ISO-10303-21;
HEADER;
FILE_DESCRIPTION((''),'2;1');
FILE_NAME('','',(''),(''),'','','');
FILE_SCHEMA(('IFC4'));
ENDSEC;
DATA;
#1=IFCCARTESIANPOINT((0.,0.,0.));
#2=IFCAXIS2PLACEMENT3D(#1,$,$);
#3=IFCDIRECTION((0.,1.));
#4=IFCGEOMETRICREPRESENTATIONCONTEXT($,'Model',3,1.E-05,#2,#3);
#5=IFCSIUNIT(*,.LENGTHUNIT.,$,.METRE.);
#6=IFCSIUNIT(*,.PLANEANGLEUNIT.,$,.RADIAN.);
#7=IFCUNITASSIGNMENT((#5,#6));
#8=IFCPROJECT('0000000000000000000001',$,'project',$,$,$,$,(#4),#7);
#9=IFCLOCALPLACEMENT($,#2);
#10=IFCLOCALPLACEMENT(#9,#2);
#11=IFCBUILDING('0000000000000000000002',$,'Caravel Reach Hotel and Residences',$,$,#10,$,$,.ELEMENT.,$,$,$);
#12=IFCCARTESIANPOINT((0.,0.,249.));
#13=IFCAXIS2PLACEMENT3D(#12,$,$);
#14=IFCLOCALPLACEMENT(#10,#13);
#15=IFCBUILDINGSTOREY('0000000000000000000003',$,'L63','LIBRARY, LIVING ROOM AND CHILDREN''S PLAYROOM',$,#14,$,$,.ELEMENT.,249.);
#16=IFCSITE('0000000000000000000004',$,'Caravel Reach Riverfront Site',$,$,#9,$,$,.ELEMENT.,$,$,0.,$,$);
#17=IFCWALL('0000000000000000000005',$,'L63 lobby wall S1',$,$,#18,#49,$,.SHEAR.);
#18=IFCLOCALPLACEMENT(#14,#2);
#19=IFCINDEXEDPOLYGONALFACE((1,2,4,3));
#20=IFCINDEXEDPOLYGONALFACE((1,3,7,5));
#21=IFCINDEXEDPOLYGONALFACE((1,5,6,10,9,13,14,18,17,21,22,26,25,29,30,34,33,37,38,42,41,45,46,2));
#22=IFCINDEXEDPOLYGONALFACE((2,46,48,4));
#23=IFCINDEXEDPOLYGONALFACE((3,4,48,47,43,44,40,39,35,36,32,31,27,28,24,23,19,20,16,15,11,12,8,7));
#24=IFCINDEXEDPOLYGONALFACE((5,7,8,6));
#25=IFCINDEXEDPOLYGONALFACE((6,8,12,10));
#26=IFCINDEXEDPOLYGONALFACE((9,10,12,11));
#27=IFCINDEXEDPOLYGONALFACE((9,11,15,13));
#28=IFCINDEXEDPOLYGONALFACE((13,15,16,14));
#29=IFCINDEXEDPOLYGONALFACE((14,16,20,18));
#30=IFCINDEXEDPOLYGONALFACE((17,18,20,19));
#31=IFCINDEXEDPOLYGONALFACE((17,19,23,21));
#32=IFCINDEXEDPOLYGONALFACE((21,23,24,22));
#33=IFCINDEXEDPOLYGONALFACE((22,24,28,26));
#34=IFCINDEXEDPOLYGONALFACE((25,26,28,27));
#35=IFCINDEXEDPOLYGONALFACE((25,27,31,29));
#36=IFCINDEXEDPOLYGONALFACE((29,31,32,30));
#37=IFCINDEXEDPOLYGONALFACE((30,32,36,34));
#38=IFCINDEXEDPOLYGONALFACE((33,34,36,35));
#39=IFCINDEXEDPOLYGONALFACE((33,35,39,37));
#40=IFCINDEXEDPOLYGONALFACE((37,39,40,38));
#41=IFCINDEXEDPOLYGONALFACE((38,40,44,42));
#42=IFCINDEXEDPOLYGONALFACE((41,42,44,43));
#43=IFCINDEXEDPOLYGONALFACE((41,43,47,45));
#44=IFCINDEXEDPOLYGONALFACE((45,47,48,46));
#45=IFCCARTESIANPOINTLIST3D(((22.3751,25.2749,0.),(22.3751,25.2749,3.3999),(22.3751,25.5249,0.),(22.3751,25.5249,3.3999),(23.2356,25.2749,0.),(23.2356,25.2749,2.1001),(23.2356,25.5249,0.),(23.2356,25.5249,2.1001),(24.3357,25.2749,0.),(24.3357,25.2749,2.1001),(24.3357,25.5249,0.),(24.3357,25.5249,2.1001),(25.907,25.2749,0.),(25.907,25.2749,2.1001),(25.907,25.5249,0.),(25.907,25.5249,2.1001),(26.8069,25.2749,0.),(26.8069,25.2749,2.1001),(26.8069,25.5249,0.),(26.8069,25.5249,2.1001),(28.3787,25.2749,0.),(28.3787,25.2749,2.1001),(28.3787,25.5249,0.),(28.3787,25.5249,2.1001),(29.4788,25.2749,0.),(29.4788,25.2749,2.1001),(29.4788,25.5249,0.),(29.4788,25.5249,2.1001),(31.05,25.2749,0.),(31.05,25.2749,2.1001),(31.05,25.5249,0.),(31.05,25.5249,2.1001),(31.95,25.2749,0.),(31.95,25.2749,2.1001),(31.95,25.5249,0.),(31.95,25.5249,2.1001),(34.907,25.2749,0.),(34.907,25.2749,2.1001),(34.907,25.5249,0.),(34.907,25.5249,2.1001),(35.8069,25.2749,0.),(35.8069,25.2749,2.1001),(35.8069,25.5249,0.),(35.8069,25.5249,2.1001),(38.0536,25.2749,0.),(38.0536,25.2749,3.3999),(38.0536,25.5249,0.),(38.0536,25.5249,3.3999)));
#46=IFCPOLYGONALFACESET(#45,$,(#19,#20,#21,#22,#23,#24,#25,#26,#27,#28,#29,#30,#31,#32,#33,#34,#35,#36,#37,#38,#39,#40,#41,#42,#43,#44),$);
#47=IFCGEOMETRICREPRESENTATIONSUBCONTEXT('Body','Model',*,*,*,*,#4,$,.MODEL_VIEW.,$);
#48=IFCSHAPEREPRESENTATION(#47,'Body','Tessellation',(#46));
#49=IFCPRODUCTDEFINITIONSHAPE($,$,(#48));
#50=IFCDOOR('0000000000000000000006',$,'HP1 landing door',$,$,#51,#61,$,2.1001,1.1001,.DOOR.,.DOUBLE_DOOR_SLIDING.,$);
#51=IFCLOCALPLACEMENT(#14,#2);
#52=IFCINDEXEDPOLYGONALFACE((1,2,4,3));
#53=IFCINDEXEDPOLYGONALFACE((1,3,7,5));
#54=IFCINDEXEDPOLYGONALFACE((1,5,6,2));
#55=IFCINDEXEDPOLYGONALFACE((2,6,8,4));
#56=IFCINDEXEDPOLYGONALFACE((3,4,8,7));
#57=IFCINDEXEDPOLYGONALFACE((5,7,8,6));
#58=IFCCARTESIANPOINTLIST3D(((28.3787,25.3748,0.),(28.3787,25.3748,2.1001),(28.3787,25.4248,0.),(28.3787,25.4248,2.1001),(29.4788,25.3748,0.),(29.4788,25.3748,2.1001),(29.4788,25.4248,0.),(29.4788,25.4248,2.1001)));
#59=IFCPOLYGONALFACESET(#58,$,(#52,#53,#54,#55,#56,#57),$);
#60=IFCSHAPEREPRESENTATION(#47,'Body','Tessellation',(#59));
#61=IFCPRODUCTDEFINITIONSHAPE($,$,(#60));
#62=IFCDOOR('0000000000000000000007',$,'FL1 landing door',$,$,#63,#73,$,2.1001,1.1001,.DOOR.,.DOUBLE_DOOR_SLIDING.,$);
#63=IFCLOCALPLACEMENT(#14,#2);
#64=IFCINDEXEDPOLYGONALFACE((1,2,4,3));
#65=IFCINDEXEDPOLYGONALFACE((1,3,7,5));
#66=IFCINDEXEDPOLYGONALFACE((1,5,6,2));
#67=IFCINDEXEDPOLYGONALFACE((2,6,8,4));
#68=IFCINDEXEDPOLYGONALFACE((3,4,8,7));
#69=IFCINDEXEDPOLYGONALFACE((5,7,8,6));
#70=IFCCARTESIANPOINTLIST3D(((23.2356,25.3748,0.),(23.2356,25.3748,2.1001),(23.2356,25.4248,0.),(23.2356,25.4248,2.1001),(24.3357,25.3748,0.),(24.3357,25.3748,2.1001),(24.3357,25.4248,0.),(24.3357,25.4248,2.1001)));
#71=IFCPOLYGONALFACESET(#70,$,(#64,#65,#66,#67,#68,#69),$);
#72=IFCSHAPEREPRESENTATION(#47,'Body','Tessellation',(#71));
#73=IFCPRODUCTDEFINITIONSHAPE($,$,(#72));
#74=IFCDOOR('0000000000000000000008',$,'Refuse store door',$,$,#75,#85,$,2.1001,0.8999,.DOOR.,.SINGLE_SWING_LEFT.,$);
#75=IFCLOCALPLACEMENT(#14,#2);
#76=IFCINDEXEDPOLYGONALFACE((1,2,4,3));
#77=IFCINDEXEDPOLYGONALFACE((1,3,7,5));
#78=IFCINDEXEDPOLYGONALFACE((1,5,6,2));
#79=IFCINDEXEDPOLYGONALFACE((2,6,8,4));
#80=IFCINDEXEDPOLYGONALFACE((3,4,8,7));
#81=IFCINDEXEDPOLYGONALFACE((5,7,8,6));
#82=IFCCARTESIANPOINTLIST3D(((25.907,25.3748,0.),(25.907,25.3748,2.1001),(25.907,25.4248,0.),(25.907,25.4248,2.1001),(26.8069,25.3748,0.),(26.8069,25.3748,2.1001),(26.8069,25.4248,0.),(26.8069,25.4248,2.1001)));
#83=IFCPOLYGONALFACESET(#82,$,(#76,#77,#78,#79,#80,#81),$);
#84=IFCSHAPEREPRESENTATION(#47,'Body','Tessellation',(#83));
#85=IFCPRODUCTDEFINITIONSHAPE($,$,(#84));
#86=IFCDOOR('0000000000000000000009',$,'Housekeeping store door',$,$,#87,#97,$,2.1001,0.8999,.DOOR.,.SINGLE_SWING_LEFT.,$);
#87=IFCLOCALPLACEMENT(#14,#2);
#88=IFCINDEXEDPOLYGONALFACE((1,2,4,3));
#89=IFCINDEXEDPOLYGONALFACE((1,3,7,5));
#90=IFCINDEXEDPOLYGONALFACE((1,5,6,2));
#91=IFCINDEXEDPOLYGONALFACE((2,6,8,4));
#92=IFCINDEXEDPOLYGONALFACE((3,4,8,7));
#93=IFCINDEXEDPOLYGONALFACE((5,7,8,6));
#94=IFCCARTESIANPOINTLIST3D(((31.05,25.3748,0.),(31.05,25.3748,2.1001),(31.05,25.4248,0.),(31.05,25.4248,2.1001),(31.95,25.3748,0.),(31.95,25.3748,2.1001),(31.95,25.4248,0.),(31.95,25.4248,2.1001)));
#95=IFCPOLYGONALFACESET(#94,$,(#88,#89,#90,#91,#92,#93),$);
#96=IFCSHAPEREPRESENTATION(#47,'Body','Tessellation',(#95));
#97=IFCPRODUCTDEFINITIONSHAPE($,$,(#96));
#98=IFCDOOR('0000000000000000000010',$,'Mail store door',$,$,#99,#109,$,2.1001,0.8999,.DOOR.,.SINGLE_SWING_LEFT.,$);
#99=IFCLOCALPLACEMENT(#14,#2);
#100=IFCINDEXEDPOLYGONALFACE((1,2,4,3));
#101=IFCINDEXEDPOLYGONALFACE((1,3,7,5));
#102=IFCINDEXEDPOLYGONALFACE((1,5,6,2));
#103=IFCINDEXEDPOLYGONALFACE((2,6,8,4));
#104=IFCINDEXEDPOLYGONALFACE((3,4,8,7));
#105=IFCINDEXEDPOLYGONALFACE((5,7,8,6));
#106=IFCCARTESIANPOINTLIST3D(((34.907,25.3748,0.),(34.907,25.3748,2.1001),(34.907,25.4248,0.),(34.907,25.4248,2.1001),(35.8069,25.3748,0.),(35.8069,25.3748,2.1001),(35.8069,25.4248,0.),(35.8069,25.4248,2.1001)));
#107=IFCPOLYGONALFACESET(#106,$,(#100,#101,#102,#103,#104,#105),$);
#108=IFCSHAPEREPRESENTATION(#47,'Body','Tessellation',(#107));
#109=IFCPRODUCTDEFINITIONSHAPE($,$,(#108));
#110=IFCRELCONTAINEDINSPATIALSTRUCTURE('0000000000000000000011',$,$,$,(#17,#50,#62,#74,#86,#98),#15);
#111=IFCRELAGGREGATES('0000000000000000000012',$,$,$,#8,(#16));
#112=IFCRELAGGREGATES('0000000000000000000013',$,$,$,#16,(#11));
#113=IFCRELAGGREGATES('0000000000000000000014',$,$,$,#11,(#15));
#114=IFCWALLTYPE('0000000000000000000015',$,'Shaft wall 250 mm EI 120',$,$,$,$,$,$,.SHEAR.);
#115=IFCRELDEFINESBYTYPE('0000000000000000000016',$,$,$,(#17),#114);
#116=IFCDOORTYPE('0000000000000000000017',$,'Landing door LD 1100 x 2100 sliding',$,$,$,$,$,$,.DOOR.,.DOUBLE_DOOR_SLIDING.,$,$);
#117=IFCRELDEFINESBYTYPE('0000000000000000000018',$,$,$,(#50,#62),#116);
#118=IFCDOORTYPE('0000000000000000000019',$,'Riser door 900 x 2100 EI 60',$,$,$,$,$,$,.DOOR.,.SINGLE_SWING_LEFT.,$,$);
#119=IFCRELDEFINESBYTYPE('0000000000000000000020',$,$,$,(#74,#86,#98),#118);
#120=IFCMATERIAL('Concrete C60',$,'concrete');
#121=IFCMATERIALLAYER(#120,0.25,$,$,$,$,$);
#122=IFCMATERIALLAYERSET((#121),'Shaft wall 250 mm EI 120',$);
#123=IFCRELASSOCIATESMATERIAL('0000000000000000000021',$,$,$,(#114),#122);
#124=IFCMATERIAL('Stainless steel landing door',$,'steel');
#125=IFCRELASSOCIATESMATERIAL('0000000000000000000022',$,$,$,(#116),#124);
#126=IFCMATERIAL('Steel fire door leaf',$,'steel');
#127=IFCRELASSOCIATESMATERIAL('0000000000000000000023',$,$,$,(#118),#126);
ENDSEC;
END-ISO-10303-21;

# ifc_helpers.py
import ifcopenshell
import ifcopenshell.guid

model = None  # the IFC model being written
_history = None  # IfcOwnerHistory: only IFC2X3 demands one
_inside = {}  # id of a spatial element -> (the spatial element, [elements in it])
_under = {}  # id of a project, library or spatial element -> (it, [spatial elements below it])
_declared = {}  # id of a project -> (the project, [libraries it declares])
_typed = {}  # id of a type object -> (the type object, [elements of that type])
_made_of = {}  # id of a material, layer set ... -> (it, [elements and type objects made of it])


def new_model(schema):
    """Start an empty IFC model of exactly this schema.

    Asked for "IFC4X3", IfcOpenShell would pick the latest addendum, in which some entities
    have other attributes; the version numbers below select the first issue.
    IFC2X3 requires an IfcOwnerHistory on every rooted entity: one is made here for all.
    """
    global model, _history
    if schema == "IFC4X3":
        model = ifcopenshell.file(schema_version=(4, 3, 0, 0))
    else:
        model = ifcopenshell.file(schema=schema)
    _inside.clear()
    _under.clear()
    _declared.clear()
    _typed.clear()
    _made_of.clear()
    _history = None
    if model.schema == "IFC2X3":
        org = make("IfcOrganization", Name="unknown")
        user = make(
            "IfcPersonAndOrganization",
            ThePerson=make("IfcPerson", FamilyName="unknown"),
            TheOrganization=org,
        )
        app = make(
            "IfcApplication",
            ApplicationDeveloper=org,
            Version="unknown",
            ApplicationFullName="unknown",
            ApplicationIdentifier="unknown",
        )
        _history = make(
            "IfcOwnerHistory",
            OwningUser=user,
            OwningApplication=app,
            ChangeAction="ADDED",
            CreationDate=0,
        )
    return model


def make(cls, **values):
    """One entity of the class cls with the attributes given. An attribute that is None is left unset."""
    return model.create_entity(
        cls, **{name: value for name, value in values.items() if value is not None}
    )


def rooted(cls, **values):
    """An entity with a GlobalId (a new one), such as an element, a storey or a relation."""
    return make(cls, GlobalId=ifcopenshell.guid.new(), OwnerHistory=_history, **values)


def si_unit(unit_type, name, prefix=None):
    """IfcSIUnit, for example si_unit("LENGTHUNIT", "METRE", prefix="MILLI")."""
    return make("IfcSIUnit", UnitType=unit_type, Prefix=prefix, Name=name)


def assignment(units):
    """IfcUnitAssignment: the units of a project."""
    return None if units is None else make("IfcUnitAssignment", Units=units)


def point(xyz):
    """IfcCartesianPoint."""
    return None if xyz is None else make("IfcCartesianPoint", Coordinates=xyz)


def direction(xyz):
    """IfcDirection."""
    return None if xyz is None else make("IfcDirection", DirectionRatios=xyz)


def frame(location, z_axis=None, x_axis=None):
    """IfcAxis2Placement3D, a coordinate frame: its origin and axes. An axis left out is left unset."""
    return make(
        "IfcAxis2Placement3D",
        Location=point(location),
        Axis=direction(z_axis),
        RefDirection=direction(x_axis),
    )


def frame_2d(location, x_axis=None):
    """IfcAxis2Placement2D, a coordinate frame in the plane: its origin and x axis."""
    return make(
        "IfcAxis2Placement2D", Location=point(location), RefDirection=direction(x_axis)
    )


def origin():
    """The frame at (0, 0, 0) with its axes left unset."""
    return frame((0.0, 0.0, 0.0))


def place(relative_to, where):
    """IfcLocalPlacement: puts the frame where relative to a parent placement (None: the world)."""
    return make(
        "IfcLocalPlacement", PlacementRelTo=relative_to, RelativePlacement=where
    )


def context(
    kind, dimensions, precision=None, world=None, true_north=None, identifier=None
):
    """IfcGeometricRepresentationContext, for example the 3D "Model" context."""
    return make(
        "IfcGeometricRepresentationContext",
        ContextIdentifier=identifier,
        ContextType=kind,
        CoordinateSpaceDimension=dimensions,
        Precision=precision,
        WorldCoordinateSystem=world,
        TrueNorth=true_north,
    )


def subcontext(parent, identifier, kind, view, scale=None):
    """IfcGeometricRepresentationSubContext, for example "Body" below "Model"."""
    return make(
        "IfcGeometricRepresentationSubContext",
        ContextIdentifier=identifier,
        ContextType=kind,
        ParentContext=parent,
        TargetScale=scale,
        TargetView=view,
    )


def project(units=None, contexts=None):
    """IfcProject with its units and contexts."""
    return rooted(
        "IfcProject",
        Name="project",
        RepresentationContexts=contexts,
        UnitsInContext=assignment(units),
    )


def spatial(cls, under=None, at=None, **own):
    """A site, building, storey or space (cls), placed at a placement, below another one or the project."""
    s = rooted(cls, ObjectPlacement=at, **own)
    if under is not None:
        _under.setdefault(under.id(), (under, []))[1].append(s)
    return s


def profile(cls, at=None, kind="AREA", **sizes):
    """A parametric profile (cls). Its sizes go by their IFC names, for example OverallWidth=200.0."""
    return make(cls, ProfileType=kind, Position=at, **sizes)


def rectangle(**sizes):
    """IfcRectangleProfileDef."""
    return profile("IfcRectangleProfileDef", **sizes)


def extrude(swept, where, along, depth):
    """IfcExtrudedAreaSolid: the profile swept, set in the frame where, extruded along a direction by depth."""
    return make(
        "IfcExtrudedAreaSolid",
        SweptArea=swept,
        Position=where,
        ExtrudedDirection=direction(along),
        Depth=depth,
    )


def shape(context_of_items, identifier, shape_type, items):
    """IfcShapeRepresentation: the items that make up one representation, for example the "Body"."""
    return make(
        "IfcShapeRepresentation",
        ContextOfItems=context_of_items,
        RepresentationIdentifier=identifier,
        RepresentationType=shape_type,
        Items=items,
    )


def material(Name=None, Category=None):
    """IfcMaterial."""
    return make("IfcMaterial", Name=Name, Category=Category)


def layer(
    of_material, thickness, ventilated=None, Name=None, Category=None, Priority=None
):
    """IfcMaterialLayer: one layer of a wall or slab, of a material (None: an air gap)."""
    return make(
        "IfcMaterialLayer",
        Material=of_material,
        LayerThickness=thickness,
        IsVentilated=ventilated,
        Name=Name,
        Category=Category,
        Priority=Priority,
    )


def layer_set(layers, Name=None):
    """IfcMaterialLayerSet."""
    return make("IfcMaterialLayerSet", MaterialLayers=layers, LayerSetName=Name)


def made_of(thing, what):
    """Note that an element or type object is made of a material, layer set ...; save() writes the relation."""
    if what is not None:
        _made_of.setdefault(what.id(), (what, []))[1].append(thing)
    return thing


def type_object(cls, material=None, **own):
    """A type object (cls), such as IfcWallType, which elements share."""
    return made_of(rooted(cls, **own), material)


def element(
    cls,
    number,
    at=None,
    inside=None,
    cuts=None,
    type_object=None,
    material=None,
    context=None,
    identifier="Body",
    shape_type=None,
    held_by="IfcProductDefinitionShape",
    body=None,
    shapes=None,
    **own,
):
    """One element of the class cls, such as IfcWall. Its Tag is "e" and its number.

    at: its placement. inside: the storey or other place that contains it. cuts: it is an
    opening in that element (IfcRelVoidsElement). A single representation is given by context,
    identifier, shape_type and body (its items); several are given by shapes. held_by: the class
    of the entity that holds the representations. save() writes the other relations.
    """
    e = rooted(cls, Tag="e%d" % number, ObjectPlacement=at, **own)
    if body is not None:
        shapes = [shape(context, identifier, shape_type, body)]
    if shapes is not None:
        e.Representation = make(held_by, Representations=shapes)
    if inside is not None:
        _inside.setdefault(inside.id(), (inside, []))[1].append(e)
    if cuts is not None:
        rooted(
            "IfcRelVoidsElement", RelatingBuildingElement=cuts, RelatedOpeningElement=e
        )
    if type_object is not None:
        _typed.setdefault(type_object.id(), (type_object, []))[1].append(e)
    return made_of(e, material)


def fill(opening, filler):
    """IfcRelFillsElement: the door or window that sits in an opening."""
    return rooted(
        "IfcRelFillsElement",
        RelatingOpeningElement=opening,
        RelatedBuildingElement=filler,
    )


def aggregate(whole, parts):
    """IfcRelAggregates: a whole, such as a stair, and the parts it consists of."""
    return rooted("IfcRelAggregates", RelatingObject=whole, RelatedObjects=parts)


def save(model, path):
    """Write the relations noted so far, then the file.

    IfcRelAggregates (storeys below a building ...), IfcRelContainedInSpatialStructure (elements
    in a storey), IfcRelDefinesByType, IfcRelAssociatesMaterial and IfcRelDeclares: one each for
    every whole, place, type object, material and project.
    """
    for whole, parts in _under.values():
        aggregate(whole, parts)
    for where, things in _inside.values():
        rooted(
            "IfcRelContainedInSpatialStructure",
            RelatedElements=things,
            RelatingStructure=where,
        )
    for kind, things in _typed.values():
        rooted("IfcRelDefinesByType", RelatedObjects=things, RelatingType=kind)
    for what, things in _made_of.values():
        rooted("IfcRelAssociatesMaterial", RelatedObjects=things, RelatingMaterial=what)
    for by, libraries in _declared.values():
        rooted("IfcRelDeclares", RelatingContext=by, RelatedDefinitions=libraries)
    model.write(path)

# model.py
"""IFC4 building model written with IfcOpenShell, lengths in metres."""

from ifc_helpers import new_model, si_unit, direction, frame, frame_2d, origin, place, context, subcontext, project, spatial, rectangle, extrude, material, layer, layer_set, type_object, element, fill, save


model = new_model("IFC4")

# Units and contexts
model_context = context("Model", 3, precision=1e-05, world=origin(), true_north=direction((0.0, 1.0)))
body_context = subcontext(model_context, "Body", "Model", "MODEL_VIEW")
ifc_project = project(units=[si_unit("LENGTHUNIT", "METRE"), si_unit("PLANEANGLEUNIT", "RADIAN")], contexts=[model_context])

# Site, building, storey
site_placement = place(None, origin())
site = spatial("IfcSite", under=ifc_project, at=site_placement, Name="Caravel Reach Riverfront Site", CompositionType="ELEMENT", RefElevation=0.0)
building_placement = place(site_placement, origin())
building = spatial("IfcBuilding", under=site, at=building_placement, Name="Caravel Reach Hotel and Residences", CompositionType="ELEMENT")
storey_placement = place(building_placement, frame((0.0, 0.0, 249.0)))
storey = spatial("IfcBuildingStorey", under=building, at=storey_placement, Name="L63", Description="LIBRARY, LIVING ROOM AND CHILDREN'S PLAYROOM", CompositionType="ELEMENT", Elevation=249.0)

# Wall, openings, doors
ifc_material_1 = material(Name="Concrete C60", Category="concrete")
ifc_layer_1 = layer(ifc_material_1, 0.25)
ifc_layer_set_1 = layer_set([ifc_layer_1], Name="Shaft wall 250 mm EI 120")
wall_type_1 = type_object("IfcWallType", Name="Shaft wall 250 mm EI 120", PredefinedType="SHEAR", material=ifc_layer_set_1)
wall_1_placement = place(storey_placement, frame((22.375, 25.3999, 0.0), z_axis=(0.0, 0.0, 1.0), x_axis=(1.0, 0.0, 0.0)))
wall_1 = element("IfcWall", 1, at=wall_1_placement, inside=storey, type_object=wall_type_1, Name="L63 lobby wall S1", PredefinedType="SHEAR", context=body_context, shape_type="SweptSolid", body=[
    extrude(rectangle(XDim=15.6785, YDim=0.25, at=frame_2d((7.8394, 0.0))), origin(), (0.0, 0.0, 1.0), 3.3999),
])
opening_1_placement = place(wall_1_placement, frame((6.0037, 0.0, 0.0)))
opening_1 = element("IfcOpeningElement", 2, at=opening_1_placement, cuts=wall_1, PredefinedType="OPENING", context=body_context, shape_type="SweptSolid", body=[
    extrude(rectangle(XDim=1.1001, YDim=2.1001, at=frame_2d((0.55, 1.05))), frame((0.0, 0.135, 0.0), z_axis=(0.0, -1.0, 0.0), x_axis=(1.0, 0.0, 0.0)), (0.0, 0.0, 1.0), 0.27),
])
opening_2_placement = place(wall_1_placement, frame((0.8606, 0.0, 0.0)))
opening_2 = element("IfcOpeningElement", 3, at=opening_2_placement, cuts=wall_1, PredefinedType="OPENING", context=body_context, shape_type="SweptSolid", body=[
    extrude(rectangle(XDim=1.1001, YDim=2.1001, at=frame_2d((0.55, 1.05))), frame((0.0, 0.135, 0.0), z_axis=(0.0, -1.0, 0.0), x_axis=(1.0, 0.0, 0.0)), (0.0, 0.0, 1.0), 0.27),
])
opening_3_placement = place(wall_1_placement, frame((3.532, 0.0, 0.0)))
opening_3 = element("IfcOpeningElement", 4, at=opening_3_placement, cuts=wall_1, PredefinedType="OPENING", context=body_context, shape_type="SweptSolid", body=[
    extrude(rectangle(XDim=0.8999, YDim=2.1001, at=frame_2d((0.45, 1.05))), frame((0.0, 0.135, 0.0), z_axis=(0.0, -1.0, 0.0), x_axis=(1.0, 0.0, 0.0)), (0.0, 0.0, 1.0), 0.27),
])
opening_4_placement = place(wall_1_placement, frame((8.675, 0.0, 0.0)))
opening_4 = element("IfcOpeningElement", 5, at=opening_4_placement, cuts=wall_1, PredefinedType="OPENING", context=body_context, shape_type="SweptSolid", body=[
    extrude(rectangle(XDim=0.8999, YDim=2.1001, at=frame_2d((0.45, 1.05))), frame((0.0, 0.135, 0.0), z_axis=(0.0, -1.0, 0.0), x_axis=(1.0, 0.0, 0.0)), (0.0, 0.0, 1.0), 0.27),
])
opening_5_placement = place(wall_1_placement, frame((12.532, 0.0, 0.0)))
opening_5 = element("IfcOpeningElement", 6, at=opening_5_placement, cuts=wall_1, PredefinedType="OPENING", context=body_context, shape_type="SweptSolid", body=[
    extrude(rectangle(XDim=0.8999, YDim=2.1001, at=frame_2d((0.45, 1.05))), frame((0.0, 0.135, 0.0), z_axis=(0.0, -1.0, 0.0), x_axis=(1.0, 0.0, 0.0)), (0.0, 0.0, 1.0), 0.27),
])
ifc_material_2 = material(Name="Stainless steel landing door", Category="steel")
door_type_1 = type_object("IfcDoorType", Name="Landing door LD 1100 x 2100 sliding", OperationType="DOUBLE_DOOR_SLIDING", PredefinedType="DOOR", material=ifc_material_2)
door_1_placement = place(opening_1_placement, origin())
door_1 = element("IfcDoor", 7, at=door_1_placement, inside=storey, type_object=door_type_1, Name="HP1 landing door", OperationType="DOUBLE_DOOR_SLIDING", OverallHeight=2.1001, OverallWidth=1.1001, PredefinedType="DOOR", context=body_context, shape_type="SweptSolid", body=[
    extrude(rectangle(XDim=1.1001, YDim=2.1001, at=frame_2d((0.55, 1.05))), frame((0.0, 0.0249, 0.0), z_axis=(0.0, -1.0, 0.0), x_axis=(1.0, 0.0, 0.0)), (0.0, 0.0, 1.0), 0.05),
])
fill(opening_1, door_1)
door_2_placement = place(opening_2_placement, origin())
door_2 = element("IfcDoor", 8, at=door_2_placement, inside=storey, type_object=door_type_1, Name="FL1 landing door", OperationType="DOUBLE_DOOR_SLIDING", OverallHeight=2.1001, OverallWidth=1.1001, PredefinedType="DOOR", context=body_context, shape_type="SweptSolid", body=[
    extrude(rectangle(XDim=1.1001, YDim=2.1001, at=frame_2d((0.55, 1.05))), frame((0.0, 0.0249, 0.0), z_axis=(0.0, -1.0, 0.0), x_axis=(1.0, 0.0, 0.0)), (0.0, 0.0, 1.0), 0.05),
])
fill(opening_2, door_2)
ifc_material_3 = material(Name="Steel fire door leaf", Category="steel")
door_type_2 = type_object("IfcDoorType", Name="Riser door 900 x 2100 EI 60", OperationType="SINGLE_SWING_LEFT", PredefinedType="DOOR", material=ifc_material_3)
door_3_placement = place(opening_3_placement, origin())
door_3 = element("IfcDoor", 9, at=door_3_placement, inside=storey, type_object=door_type_2, Name="Refuse store door", OperationType="SINGLE_SWING_LEFT", OverallHeight=2.1001, OverallWidth=0.8999, PredefinedType="DOOR", context=body_context, shape_type="SweptSolid", body=[
    extrude(rectangle(XDim=0.8999, YDim=2.1001, at=frame_2d((0.45, 1.05))), frame((0.0, 0.0249, 0.0), z_axis=(0.0, -1.0, 0.0), x_axis=(1.0, 0.0, 0.0)), (0.0, 0.0, 1.0), 0.05),
])
fill(opening_3, door_3)
door_4_placement = place(opening_4_placement, origin())
door_4 = element("IfcDoor", 10, at=door_4_placement, inside=storey, type_object=door_type_2, Name="Housekeeping store door", OperationType="SINGLE_SWING_LEFT", OverallHeight=2.1001, OverallWidth=0.8999, PredefinedType="DOOR", context=body_context, shape_type="SweptSolid", body=[
    extrude(rectangle(XDim=0.8999, YDim=2.1001, at=frame_2d((0.45, 1.05))), frame((0.0, 0.0249, 0.0), z_axis=(0.0, -1.0, 0.0), x_axis=(1.0, 0.0, 0.0)), (0.0, 0.0, 1.0), 0.05),
])
fill(opening_4, door_4)
door_5_placement = place(opening_5_placement, origin())
door_5 = element("IfcDoor", 11, at=door_5_placement, inside=storey, type_object=door_type_2, Name="Mail store door", OperationType="SINGLE_SWING_LEFT", OverallHeight=2.1001, OverallWidth=0.8999, PredefinedType="DOOR", context=body_context, shape_type="SweptSolid", body=[
    extrude(rectangle(XDim=0.8999, YDim=2.1001, at=frame_2d((0.45, 1.05))), frame((0.0, 0.0249, 0.0), z_axis=(0.0, -1.0, 0.0), x_axis=(1.0, 0.0, 0.0)), (0.0, 0.0, 1.0), 0.05),
])
fill(opening_5, door_5)

save(model, "model.ifc")
